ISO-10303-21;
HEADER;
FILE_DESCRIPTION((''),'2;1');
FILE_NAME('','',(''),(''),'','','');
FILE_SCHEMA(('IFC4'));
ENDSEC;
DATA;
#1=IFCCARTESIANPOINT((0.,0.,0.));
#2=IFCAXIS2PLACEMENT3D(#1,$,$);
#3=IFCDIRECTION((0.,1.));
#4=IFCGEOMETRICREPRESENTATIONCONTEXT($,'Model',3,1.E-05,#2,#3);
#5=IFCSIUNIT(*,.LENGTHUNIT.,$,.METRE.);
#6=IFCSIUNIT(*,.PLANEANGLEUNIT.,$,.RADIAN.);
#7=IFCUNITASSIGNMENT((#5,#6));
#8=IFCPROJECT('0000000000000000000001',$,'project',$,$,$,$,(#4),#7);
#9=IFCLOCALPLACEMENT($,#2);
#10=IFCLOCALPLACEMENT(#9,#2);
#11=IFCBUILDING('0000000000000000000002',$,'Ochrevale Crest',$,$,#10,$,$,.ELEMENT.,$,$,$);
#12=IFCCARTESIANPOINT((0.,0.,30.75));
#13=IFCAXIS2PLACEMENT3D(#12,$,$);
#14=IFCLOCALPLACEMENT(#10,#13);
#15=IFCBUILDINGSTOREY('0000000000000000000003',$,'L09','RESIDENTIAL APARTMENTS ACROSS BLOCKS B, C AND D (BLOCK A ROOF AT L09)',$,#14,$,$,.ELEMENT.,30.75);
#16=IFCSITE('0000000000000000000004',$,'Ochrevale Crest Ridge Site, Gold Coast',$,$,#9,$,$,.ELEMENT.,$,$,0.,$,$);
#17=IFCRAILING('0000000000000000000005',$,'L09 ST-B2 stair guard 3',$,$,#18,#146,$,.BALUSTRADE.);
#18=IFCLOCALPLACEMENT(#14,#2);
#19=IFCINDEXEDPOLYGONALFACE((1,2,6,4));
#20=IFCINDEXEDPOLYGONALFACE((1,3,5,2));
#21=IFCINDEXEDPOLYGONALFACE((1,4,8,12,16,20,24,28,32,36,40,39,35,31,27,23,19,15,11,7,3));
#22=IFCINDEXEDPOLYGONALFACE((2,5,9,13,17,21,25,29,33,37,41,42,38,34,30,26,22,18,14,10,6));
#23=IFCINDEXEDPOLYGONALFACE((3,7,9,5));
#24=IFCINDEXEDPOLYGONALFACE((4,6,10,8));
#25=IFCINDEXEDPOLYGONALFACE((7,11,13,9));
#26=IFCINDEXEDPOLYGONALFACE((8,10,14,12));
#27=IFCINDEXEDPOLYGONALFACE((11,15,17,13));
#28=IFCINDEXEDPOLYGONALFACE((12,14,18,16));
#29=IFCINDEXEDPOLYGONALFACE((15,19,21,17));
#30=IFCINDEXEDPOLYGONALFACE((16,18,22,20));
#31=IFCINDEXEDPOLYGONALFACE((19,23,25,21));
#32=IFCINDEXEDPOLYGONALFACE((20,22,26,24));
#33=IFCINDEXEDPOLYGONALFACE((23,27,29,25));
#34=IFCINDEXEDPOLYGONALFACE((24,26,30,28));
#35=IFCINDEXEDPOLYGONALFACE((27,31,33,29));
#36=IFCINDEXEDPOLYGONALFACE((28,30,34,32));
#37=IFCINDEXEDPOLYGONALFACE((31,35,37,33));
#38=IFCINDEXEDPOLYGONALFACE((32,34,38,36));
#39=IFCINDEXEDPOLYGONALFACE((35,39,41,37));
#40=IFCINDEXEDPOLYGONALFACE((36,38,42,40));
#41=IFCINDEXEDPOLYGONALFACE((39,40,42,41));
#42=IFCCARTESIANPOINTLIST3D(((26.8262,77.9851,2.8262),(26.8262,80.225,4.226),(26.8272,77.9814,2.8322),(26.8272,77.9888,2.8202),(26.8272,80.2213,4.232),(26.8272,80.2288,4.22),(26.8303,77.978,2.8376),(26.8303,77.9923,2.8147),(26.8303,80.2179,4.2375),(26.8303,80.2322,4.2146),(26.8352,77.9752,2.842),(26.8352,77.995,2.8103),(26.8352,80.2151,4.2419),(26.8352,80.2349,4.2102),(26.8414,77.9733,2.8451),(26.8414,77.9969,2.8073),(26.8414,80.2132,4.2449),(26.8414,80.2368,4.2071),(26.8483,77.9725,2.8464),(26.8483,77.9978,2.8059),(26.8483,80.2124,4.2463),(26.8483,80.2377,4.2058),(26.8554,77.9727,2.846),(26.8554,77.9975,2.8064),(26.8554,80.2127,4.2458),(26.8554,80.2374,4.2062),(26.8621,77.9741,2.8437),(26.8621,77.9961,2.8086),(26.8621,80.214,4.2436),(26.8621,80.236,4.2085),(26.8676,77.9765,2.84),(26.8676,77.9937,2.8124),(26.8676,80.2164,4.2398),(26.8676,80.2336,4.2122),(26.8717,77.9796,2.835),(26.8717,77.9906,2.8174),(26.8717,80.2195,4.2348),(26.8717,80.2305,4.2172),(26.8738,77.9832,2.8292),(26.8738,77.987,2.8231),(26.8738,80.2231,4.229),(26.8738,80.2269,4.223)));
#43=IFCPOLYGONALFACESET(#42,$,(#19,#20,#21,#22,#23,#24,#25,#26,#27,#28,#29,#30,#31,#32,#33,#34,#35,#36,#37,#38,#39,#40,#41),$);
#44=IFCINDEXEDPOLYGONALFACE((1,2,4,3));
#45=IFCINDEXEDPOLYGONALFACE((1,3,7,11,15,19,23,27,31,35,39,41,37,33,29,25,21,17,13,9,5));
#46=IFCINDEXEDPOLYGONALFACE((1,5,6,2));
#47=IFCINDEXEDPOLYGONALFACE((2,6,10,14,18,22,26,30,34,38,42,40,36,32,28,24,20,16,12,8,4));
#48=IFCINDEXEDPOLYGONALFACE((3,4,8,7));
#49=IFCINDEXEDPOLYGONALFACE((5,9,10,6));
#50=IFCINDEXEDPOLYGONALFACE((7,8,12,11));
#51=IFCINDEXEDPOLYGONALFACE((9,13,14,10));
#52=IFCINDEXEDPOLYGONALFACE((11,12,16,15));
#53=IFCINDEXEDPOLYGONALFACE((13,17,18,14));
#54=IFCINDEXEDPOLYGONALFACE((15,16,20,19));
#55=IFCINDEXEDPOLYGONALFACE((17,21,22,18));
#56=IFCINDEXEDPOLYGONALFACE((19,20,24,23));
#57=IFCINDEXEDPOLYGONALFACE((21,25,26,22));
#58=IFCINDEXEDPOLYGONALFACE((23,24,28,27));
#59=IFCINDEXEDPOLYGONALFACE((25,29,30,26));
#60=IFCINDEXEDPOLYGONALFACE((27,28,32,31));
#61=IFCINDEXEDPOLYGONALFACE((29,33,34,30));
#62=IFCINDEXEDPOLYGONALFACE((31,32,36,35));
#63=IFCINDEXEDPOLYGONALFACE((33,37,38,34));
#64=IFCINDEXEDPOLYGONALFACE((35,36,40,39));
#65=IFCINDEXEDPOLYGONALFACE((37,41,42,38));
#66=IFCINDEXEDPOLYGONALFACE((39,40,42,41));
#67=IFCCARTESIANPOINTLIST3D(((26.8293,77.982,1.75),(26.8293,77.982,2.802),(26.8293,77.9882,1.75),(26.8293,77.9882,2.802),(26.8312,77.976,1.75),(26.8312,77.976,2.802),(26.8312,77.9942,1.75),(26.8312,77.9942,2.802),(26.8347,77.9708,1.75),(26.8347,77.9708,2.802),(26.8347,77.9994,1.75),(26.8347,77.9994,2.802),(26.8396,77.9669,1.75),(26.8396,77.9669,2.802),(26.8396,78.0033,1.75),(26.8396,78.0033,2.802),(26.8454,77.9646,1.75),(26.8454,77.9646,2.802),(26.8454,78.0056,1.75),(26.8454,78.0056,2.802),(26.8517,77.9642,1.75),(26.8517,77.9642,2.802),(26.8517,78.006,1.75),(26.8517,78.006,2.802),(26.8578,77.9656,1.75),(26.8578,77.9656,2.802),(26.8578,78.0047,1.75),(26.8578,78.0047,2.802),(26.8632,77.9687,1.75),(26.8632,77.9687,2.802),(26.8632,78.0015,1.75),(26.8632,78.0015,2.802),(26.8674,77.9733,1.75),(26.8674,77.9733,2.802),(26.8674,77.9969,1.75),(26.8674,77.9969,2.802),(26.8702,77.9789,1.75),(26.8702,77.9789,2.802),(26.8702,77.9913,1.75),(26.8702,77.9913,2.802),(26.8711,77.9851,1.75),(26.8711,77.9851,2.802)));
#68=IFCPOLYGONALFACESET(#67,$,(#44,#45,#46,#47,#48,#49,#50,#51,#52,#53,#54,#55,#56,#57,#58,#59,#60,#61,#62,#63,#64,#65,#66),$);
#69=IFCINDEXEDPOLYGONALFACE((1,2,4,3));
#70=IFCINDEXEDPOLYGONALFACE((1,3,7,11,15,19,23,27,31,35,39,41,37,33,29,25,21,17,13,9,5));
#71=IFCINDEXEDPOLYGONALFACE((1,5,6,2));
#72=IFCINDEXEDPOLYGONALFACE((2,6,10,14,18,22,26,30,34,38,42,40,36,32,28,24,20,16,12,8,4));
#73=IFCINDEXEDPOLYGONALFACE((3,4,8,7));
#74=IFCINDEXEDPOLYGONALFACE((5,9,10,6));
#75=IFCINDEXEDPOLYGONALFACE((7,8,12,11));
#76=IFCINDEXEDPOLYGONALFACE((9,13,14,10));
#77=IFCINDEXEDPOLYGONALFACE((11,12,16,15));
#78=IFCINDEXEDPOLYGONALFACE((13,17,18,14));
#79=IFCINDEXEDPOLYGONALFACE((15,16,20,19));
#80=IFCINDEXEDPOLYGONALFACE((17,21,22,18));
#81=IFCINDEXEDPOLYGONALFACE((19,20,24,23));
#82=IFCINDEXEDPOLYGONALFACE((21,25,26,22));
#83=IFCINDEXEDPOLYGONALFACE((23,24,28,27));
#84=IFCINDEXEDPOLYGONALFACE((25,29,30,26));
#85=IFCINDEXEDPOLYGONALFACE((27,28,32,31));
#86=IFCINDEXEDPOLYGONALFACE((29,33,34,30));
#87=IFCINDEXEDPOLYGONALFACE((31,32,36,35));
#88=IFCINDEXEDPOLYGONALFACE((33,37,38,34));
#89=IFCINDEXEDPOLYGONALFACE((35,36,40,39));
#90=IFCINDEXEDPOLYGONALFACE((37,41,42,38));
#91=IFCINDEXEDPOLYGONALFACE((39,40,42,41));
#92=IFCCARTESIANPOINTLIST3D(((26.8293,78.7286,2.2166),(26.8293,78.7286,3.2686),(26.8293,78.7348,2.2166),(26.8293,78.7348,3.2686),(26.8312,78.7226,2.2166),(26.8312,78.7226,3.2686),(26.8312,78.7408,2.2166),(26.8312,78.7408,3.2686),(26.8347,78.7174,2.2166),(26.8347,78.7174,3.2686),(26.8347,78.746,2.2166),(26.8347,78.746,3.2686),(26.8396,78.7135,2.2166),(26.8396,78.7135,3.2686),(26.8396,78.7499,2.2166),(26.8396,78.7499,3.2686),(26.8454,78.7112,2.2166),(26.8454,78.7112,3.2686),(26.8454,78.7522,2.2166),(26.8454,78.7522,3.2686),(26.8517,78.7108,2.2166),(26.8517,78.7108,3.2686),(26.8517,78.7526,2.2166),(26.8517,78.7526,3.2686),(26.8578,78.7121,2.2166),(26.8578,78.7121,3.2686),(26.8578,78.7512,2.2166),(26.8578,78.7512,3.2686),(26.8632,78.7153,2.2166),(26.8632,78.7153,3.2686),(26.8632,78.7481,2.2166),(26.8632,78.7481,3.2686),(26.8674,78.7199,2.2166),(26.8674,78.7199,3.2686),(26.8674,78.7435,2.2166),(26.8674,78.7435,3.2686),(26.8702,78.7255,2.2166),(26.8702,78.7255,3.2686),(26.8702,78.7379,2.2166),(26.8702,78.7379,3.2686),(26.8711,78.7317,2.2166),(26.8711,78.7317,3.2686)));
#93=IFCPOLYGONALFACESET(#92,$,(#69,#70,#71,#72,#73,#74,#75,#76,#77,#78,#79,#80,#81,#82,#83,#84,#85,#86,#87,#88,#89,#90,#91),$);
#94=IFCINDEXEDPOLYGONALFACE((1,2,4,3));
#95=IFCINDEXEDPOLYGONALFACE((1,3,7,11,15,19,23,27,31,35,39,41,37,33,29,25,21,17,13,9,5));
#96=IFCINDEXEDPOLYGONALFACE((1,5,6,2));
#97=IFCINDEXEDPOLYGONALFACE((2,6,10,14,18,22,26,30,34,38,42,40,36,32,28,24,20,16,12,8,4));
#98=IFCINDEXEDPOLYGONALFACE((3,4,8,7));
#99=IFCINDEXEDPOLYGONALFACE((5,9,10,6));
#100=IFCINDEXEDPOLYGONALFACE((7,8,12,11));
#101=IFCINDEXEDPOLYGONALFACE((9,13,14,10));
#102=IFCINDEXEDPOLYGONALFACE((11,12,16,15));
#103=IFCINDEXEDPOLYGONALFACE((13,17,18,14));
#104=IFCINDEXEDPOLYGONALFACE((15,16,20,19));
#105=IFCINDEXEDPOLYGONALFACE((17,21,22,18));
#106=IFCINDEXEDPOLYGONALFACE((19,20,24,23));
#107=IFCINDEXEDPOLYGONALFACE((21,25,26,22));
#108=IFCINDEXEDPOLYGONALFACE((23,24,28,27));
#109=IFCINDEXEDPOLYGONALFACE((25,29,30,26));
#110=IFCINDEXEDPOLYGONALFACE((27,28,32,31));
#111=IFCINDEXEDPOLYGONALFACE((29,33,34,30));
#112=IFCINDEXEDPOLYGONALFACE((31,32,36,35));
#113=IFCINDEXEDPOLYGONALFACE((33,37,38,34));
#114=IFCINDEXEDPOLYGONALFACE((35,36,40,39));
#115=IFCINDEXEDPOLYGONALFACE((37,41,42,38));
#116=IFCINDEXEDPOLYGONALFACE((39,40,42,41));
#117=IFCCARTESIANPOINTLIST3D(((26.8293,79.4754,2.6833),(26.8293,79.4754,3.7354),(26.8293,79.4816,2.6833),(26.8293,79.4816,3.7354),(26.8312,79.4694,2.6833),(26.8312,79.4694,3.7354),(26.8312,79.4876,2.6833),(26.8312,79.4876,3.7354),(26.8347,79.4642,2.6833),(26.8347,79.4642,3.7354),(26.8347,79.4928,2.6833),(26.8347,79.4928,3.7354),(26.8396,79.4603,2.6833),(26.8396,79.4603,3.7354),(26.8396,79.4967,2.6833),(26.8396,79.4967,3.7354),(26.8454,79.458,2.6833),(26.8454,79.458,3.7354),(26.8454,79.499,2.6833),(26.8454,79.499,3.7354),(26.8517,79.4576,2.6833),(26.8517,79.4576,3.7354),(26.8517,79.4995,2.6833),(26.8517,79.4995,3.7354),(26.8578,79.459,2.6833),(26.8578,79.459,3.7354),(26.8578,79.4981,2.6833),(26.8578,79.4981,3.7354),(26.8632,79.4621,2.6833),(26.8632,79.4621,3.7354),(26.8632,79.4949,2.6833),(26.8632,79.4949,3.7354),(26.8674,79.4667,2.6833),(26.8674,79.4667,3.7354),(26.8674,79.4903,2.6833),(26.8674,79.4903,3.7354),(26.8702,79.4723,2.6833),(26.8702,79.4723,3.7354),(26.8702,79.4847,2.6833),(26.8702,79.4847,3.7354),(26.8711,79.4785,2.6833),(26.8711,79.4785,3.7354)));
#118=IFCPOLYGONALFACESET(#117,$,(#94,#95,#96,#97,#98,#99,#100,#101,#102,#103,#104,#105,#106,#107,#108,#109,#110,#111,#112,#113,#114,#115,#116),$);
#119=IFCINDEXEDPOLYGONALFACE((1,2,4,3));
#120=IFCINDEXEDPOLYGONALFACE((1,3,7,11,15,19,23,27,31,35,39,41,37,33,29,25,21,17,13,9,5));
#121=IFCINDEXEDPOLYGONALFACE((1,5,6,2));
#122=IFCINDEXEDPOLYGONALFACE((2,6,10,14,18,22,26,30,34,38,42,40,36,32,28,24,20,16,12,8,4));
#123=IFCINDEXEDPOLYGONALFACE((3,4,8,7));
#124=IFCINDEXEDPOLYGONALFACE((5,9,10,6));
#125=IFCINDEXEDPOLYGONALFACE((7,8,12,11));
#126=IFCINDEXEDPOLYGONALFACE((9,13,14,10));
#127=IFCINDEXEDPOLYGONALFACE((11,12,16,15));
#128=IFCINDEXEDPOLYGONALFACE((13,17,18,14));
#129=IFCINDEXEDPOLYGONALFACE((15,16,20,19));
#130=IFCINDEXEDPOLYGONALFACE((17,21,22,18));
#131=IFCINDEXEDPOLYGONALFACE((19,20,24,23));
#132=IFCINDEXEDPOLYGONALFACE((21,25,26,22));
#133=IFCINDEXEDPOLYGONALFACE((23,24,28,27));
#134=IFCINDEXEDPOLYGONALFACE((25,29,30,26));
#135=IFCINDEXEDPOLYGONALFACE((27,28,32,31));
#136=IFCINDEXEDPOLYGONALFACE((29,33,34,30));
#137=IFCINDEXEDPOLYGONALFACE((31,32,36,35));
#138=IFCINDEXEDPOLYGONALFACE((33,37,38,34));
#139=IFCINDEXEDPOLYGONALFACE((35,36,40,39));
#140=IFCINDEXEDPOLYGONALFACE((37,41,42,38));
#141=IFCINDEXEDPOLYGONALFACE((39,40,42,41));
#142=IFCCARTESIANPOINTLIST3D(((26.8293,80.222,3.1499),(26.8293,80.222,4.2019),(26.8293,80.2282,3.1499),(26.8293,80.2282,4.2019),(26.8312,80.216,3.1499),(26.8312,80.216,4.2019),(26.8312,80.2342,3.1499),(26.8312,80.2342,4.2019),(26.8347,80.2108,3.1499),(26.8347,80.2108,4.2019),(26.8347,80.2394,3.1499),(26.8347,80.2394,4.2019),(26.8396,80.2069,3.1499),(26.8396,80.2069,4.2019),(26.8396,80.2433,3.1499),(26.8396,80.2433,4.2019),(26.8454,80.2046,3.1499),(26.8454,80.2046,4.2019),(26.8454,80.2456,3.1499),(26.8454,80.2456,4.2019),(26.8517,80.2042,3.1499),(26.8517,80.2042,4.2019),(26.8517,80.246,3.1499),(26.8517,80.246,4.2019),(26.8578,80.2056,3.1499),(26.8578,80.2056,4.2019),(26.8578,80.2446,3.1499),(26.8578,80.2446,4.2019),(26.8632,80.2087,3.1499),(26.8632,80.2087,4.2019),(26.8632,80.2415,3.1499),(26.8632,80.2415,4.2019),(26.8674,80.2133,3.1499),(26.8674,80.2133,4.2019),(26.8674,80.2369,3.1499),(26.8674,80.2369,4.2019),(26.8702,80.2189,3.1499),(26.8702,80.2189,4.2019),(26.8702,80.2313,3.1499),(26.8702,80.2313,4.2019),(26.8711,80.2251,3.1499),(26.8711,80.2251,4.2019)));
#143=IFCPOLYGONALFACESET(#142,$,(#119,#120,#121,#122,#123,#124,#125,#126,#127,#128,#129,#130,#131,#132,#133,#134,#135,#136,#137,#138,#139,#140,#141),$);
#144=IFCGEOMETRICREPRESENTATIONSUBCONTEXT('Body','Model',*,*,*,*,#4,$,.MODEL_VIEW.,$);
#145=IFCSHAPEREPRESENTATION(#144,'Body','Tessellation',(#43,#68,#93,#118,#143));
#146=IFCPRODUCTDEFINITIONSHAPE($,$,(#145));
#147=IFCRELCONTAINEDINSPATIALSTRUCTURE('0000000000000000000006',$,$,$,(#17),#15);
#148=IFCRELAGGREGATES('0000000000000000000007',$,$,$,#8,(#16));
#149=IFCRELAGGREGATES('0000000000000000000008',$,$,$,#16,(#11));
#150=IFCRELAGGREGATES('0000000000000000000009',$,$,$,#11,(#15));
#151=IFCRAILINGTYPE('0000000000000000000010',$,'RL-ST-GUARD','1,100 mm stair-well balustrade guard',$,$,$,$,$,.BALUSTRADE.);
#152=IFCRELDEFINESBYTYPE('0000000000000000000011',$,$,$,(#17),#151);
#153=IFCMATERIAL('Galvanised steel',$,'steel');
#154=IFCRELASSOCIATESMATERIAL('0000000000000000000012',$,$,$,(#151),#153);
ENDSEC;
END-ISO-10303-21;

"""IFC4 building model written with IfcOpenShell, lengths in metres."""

from ifc_helpers import new_model, si_unit, direction, frame, origin, origin_2d, place, context, subcontext, project, spatial, circle, extrude, material, type_object, element, save


model = new_model("IFC4")

# Units and contexts
model_context = context("Model", 3, precision=1e-05, world=origin(), true_north=direction((0.0, 1.0)))
body_context = subcontext(model_context, "Body", "Model", "MODEL_VIEW")
ifc_project = project(units=[si_unit("LENGTHUNIT", "METRE"), si_unit("PLANEANGLEUNIT", "RADIAN")], contexts=[model_context])

# Site, building, storey
site_placement = place(None, origin())
site = spatial("IfcSite", under=ifc_project, at=site_placement, Name="Ochrevale Crest Ridge Site, Gold Coast", CompositionType="ELEMENT", RefElevation=0.0)
building_placement = place(site_placement, origin())
building = spatial("IfcBuilding", under=site, at=building_placement, Name="Ochrevale Crest", CompositionType="ELEMENT")
storey_placement = place(building_placement, frame((0.0, 0.0, 30.75)))
storey = spatial("IfcBuildingStorey", under=building, at=storey_placement, Name="L09", Description="RESIDENTIAL APARTMENTS ACROSS BLOCKS B, C AND D (BLOCK A ROOF AT L09)", CompositionType="ELEMENT", Elevation=30.75)

# Railing
ifc_material_1 = material(Name="Galvanised steel", Category="steel")
railing_type_1 = type_object("IfcRailingType", Name="RL-ST-GUARD", Description="1,100 mm stair-well balustrade guard", PredefinedType="BALUSTRADE", material=ifc_material_1)
railing_1_placement = place(storey_placement, frame((26.8501, 77.9851, 1.75)))
element("IfcRailing", 1, at=railing_1_placement, inside=storey, type_object=railing_type_1, Name="L09 ST-B2 stair guard 3", PredefinedType="BALUSTRADE", context=body_context, shape_type="SweptSolid", body=[
    extrude(circle(Radius=0.0239, at=origin_2d()), frame((0.0, 0.0, 1.0762), z_axis=(0.0, 0.848014, 0.529974), x_axis=(-1.0, 0.0, 0.0)), (0.0, 0.0, 1.0), 2.6414),
    extrude(circle(Radius=0.021, at=origin_2d()), origin(), (0.0, 0.0, 1.0), 1.052),
    extrude(circle(Radius=0.021, at=origin_2d()), frame((0.0, 0.7466, 0.4666)), (0.0, 0.0, 1.0), 1.052),
    extrude(circle(Radius=0.021, at=origin_2d()), frame((0.0, 1.4934, 0.9333)), (0.0, 0.0, 1.0), 1.052),
    extrude(circle(Radius=0.021, at=origin_2d()), frame((0.0, 2.24, 1.3999)), (0.0, 0.0, 1.0), 1.052),
])

save(model, "model.ifc")
